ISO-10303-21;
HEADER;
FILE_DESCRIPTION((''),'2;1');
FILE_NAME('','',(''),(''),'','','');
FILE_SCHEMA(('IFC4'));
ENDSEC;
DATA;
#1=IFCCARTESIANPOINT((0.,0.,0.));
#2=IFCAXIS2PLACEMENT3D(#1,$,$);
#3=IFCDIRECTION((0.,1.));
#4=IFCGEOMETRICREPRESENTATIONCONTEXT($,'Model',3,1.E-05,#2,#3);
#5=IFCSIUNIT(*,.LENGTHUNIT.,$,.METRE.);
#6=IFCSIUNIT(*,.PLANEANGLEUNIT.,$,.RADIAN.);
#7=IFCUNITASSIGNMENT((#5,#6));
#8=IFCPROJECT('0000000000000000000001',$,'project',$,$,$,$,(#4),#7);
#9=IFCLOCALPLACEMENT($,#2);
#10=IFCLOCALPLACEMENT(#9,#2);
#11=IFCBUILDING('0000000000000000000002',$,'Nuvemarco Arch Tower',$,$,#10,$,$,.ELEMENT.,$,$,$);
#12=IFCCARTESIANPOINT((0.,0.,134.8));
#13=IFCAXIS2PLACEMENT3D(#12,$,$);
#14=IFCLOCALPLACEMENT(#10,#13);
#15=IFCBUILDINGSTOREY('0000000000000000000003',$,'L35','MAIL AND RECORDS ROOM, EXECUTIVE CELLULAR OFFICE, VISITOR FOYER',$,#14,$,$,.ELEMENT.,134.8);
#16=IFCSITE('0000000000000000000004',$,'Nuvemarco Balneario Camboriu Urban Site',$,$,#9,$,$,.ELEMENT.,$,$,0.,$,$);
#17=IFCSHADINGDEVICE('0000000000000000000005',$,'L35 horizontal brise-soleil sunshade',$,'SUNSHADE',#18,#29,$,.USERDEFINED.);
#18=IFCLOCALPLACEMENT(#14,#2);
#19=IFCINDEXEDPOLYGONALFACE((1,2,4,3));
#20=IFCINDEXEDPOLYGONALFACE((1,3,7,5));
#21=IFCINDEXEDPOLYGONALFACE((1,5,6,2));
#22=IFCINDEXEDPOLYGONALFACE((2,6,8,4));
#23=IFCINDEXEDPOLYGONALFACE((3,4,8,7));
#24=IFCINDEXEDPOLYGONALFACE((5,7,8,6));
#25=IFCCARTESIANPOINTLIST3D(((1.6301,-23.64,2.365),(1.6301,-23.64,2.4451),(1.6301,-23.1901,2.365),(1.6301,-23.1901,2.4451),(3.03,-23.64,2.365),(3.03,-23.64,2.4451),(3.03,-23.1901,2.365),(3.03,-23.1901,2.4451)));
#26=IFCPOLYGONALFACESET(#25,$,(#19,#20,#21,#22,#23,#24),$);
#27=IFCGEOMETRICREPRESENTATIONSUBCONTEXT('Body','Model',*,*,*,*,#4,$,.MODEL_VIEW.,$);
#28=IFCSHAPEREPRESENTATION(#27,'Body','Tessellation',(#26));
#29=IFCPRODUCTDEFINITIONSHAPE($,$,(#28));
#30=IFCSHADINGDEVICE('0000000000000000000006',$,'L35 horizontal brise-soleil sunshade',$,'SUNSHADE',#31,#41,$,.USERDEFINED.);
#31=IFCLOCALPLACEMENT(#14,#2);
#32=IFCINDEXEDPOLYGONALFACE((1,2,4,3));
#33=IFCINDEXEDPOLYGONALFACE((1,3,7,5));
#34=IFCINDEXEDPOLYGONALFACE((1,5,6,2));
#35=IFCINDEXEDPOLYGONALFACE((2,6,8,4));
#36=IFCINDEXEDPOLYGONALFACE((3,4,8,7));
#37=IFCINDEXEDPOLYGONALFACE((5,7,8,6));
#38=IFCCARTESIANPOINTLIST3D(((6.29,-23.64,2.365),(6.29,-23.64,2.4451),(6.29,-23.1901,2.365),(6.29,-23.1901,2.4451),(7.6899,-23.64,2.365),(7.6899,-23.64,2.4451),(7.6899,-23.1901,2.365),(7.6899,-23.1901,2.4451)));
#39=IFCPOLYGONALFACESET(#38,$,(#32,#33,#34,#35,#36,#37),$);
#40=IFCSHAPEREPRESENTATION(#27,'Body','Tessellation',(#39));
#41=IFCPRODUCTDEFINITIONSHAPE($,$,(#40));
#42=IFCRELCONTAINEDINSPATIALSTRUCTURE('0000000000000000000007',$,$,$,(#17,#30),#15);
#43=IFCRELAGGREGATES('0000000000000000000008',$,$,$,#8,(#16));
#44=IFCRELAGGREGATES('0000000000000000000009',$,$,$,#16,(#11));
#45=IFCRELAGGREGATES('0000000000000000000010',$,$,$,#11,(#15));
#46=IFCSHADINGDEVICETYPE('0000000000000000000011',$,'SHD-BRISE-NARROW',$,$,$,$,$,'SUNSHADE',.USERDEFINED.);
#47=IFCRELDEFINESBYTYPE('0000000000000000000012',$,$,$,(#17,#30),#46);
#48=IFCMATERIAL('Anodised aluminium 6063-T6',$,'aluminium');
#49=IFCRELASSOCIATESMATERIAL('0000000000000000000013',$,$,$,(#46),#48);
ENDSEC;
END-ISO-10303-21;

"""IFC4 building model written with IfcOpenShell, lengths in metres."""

from ifc_helpers import new_model, si_unit, direction, frame, origin, origin_2d, place, context, subcontext, project, spatial, rectangle, extrude, source, transform, mapped, material, type_object, type_shapes, element, save


model = new_model("IFC4")

# Units and contexts
model_context = context("Model", 3, precision=1e-05, world=origin(), true_north=direction((0.0, 1.0)))
body_context = subcontext(model_context, "Body", "Model", "MODEL_VIEW")
ifc_project = project(units=[si_unit("LENGTHUNIT", "METRE"), si_unit("PLANEANGLEUNIT", "RADIAN")], contexts=[model_context])

# Site, building, storey
site_placement = place(None, origin())
site = spatial("IfcSite", under=ifc_project, at=site_placement, Name="Nuvemarco Balneario Camboriu Urban Site", CompositionType="ELEMENT", RefElevation=0.0)
building_placement = place(site_placement, origin())
building = spatial("IfcBuilding", under=site, at=building_placement, Name="Nuvemarco Arch Tower", CompositionType="ELEMENT")
storey_placement = place(building_placement, frame((0.0, 0.0, 134.8)))
storey = spatial("IfcBuildingStorey", under=building, at=storey_placement, Name="L35", Description="MAIL AND RECORDS ROOM, EXECUTIVE CELLULAR OFFICE, VISITOR FOYER", CompositionType="ELEMENT", Elevation=134.8)

# Shading devices
ifc_material_1 = material(Name="Anodised aluminium 6063-T6", Category="aluminium")
shading_device_type = type_object("IfcShadingDeviceType", Name="SHD-BRISE-NARROW", ElementType="SUNSHADE", PredefinedType="USERDEFINED", material=ifc_material_1)
shared_shape_1 = source(origin(), body_context, "Body", "SweptSolid", [
    extrude(rectangle(XDim=1.3999, YDim=0.45, at=origin_2d()), origin(), (0.0, 0.0, 1.0), 0.0801),
])
type_shapes(shading_device_type, [shared_shape_1])
for number, where, z_axis, x_axis, name in (
    (1, (2.3301, -23.415, 2.365), (0.0, 0.0, 1.0), (1.0, 0.0, 0.0), "L35 horizontal brise-soleil sunshade"),
    (2, (6.99, -23.415, 2.365), (0.0, 0.0, 1.0), (1.0, 0.0, 0.0), "L35 horizontal brise-soleil sunshade"),
):
    element("IfcShadingDevice", number, at=place(storey_placement, frame(where, z_axis=z_axis, x_axis=x_axis)), inside=storey, type_object=shading_device_type, Name=name, ObjectType="SUNSHADE", PredefinedType="USERDEFINED", context=body_context, shape_type="MappedRepresentation", body=[
        mapped(shared_shape_1, transform((0.0, 0.0, 0.0), scale=1.0)),
    ])

save(model, "model.ifc")
